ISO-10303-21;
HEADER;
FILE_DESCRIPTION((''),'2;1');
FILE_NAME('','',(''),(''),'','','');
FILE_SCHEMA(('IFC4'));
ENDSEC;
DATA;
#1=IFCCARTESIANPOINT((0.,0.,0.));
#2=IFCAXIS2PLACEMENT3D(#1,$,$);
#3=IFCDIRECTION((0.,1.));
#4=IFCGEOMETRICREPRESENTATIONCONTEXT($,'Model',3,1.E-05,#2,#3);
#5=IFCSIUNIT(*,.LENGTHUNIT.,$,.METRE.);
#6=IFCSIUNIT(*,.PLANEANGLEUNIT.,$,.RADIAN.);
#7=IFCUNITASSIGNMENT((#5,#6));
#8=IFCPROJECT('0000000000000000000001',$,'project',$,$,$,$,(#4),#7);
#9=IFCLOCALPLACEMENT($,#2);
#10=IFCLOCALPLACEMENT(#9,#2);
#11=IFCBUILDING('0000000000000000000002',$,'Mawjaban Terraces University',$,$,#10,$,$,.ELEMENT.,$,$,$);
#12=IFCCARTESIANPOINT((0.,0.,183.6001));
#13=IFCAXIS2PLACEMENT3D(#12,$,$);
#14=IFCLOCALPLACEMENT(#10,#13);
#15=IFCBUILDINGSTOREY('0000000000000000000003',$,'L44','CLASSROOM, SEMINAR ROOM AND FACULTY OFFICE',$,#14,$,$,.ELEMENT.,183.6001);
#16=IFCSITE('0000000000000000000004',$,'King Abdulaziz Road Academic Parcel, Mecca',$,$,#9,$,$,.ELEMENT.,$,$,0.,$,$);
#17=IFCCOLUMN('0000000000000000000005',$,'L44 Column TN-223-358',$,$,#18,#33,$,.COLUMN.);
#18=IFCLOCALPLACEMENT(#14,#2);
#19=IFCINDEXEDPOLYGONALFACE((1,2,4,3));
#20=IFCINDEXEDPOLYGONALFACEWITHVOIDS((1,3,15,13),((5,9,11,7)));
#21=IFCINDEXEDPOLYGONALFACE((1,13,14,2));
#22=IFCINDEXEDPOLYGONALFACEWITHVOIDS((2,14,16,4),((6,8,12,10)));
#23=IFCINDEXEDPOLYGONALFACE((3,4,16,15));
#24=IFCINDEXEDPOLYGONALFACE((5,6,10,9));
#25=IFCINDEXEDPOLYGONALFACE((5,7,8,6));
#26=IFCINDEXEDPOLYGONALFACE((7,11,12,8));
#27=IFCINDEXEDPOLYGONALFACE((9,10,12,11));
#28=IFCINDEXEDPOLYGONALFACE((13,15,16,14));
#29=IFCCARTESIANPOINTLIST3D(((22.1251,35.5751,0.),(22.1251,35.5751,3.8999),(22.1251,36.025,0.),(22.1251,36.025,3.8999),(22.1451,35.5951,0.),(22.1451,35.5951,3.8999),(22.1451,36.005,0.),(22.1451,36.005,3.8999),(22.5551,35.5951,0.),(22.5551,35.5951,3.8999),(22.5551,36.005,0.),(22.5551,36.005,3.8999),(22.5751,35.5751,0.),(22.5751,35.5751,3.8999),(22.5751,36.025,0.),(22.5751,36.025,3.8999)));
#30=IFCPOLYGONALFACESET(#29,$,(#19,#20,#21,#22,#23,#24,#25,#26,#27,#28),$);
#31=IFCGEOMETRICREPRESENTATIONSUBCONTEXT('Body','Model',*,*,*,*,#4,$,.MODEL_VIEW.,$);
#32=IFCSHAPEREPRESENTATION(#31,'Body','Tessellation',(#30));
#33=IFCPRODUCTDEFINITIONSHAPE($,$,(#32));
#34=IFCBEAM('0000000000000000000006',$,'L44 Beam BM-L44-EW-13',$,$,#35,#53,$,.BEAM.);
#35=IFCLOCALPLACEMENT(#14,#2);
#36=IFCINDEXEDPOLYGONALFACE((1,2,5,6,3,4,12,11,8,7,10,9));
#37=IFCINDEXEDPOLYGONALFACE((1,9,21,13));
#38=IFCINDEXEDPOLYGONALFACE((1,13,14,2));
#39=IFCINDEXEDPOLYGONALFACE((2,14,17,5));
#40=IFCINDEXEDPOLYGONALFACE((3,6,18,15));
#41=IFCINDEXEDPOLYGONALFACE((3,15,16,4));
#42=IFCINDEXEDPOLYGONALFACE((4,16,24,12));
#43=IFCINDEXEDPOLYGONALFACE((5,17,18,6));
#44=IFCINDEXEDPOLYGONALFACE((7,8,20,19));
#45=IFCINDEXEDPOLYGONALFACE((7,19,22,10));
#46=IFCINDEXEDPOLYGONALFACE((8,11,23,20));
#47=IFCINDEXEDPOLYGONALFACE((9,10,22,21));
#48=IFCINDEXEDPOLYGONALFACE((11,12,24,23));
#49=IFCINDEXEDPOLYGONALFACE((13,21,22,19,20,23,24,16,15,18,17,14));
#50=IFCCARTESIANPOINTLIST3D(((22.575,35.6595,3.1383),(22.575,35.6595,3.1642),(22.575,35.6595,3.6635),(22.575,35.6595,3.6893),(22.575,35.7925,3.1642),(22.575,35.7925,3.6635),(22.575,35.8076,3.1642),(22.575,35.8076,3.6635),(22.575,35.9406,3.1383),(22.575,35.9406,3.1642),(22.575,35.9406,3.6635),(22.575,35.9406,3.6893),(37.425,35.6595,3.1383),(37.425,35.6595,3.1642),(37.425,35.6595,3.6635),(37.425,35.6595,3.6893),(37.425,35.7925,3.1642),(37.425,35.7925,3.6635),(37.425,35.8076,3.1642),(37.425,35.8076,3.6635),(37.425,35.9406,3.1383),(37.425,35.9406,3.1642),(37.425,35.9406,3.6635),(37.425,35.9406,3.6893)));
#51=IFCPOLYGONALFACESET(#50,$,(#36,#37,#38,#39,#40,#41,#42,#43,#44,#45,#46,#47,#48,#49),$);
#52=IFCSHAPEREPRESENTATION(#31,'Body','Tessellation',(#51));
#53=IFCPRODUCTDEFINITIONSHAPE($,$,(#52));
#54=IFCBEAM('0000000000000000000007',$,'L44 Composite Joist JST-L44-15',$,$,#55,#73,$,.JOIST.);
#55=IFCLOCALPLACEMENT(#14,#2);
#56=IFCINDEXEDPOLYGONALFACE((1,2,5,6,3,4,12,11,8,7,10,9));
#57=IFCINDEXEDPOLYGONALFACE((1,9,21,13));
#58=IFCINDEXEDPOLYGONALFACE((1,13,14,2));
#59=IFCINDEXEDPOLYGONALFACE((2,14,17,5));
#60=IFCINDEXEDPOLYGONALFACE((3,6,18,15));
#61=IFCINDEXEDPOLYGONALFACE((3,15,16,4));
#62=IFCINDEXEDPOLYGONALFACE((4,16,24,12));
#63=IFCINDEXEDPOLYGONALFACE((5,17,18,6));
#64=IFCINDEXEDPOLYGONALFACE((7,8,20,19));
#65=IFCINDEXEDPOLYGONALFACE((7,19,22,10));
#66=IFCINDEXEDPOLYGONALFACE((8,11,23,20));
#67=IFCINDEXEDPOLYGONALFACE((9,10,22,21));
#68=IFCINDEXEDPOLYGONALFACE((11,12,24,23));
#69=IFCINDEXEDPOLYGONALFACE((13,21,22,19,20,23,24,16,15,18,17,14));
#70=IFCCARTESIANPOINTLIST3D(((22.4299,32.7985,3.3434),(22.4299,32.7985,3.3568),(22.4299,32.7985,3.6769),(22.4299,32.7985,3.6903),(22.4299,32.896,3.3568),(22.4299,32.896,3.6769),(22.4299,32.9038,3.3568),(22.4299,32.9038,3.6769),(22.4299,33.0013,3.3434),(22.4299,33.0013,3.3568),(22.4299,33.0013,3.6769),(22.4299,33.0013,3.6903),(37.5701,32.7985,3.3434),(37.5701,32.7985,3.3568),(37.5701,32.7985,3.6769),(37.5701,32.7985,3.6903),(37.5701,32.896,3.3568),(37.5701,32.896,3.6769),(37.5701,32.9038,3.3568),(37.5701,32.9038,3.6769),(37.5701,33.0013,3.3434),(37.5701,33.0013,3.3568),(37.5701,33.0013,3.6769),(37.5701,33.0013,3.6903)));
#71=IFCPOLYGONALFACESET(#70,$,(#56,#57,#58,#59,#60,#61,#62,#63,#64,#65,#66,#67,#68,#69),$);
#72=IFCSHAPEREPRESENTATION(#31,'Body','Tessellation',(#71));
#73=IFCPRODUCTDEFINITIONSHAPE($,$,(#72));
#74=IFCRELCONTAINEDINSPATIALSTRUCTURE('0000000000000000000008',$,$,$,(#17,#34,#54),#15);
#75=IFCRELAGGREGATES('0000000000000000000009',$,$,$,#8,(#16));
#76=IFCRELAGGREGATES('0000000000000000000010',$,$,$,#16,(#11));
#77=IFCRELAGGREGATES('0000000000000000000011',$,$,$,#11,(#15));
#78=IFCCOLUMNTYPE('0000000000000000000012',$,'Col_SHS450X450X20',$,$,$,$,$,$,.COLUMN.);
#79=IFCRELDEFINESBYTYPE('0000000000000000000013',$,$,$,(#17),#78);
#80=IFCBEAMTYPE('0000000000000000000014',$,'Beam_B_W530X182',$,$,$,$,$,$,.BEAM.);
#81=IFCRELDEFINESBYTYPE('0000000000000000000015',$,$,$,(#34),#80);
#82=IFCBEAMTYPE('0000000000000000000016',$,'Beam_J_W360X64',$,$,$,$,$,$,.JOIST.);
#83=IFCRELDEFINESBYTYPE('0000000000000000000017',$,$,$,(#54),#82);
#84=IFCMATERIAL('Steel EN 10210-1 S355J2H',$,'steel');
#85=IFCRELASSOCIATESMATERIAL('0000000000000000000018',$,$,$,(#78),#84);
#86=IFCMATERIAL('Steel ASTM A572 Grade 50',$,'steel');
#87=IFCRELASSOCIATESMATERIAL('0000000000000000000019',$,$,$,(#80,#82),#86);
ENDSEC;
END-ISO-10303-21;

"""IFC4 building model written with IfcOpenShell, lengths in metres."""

from ifc_helpers import new_model, si_unit, direction, frame, origin, origin_2d, place, context, subcontext, project, spatial, hollow_rectangle, i_section, extrude, material, material_profile, profile_set, type_object, element, save


model = new_model("IFC4")

# Units and contexts
model_context = context("Model", 3, precision=1e-05, world=origin(), true_north=direction((0.0, 1.0)))
body_context = subcontext(model_context, "Body", "Model", "MODEL_VIEW")
ifc_project = project(units=[si_unit("LENGTHUNIT", "METRE"), si_unit("PLANEANGLEUNIT", "RADIAN")], contexts=[model_context])

# Site, building, storey
site_placement = place(None, origin())
site = spatial("IfcSite", under=ifc_project, at=site_placement, Name="King Abdulaziz Road Academic Parcel, Mecca", CompositionType="ELEMENT", RefElevation=0.0)
building_placement = place(site_placement, origin())
building = spatial("IfcBuilding", under=site, at=building_placement, Name="Mawjaban Terraces University", CompositionType="ELEMENT")
storey_placement = place(building_placement, frame((0.0, 0.0, 183.6001)))
storey = spatial("IfcBuildingStorey", under=building, at=storey_placement, Name="L44", Description="CLASSROOM, SEMINAR ROOM AND FACULTY OFFICE", CompositionType="ELEMENT", Elevation=183.6001)

# Column
ifc_material_1 = material(Name="Steel EN 10210-1 S355J2H", Category="steel")
ifc_material_profile_1 = material_profile(ifc_material_1, hollow_rectangle(XDim=0.45, YDim=0.45, WallThickness=0.02, at=origin_2d()), Name="SHS450X450X20")
ifc_profile_set_1 = profile_set([ifc_material_profile_1], Name="Steel EN 10210-1 S355J2H")
column_type = type_object("IfcColumnType", Name="Col_SHS450X450X20", PredefinedType="COLUMN", material=ifc_profile_set_1)
column_placement = place(storey_placement, frame((22.3501, 35.8, 0.0), z_axis=(0.0, 0.0, 1.0), x_axis=(1.0, 0.0, 0.0)))
element("IfcColumn", 1, at=column_placement, inside=storey, type_object=column_type, Name="L44 Column TN-223-358", PredefinedType="COLUMN", context=body_context, shape_type="SweptSolid", body=[
    extrude(hollow_rectangle(XDim=0.45, YDim=0.45, WallThickness=0.02, at=origin_2d()), origin(), (0.0, 0.0, 1.0), 3.8999),
])

# Beams
ifc_material_2 = material(Name="Steel ASTM A572 Grade 50", Category="steel")
ifc_material_profile_2 = material_profile(ifc_material_2, i_section(OverallWidth=0.281, OverallDepth=0.551, WebThickness=0.0151, FlangeThickness=0.0259, at=origin_2d()), Name="W530X182")
ifc_profile_set_2 = profile_set([ifc_material_profile_2], Name="Steel ASTM A572 Grade 50")
beam_type_1 = type_object("IfcBeamType", Name="Beam_B_W530X182", PredefinedType="BEAM", material=ifc_profile_set_2)
beam_1_placement = place(storey_placement, frame((22.575, 35.8, 3.4138), z_axis=(1.0, 0.0, 0.0), x_axis=(0.0, 1.0, 0.0)))
element("IfcBeam", 2, at=beam_1_placement, inside=storey, type_object=beam_type_1, Name="L44 Beam BM-L44-EW-13", PredefinedType="BEAM", context=body_context, shape_type="SweptSolid", body=[
    extrude(i_section(OverallWidth=0.281, OverallDepth=0.551, WebThickness=0.0151, FlangeThickness=0.0259, at=origin_2d()), origin(), (0.0, 0.0, 1.0), 14.8501),
])
ifc_material_profile_3 = material_profile(ifc_material_2, i_section(OverallWidth=0.2029, OverallDepth=0.3469, WebThickness=0.0078, FlangeThickness=0.0134, at=origin_2d()), Name="W360X64")
ifc_profile_set_3 = profile_set([ifc_material_profile_3], Name="Steel ASTM A572 Grade 50")
beam_type_2 = type_object("IfcBeamType", Name="Beam_J_W360X64", PredefinedType="JOIST", material=ifc_profile_set_3)
beam_2_placement = place(storey_placement, frame((22.4299, 32.8999, 3.5168), z_axis=(1.0, 0.0, 0.0), x_axis=(0.0, 1.0, 0.0)))
element("IfcBeam", 3, at=beam_2_placement, inside=storey, type_object=beam_type_2, Name="L44 Composite Joist JST-L44-15", PredefinedType="JOIST", context=body_context, shape_type="SweptSolid", body=[
    extrude(i_section(OverallWidth=0.2029, OverallDepth=0.3469, WebThickness=0.0078, FlangeThickness=0.0134, at=origin_2d()), origin(), (0.0, 0.0, 1.0), 15.1401),
])

save(model, "model.ifc")
